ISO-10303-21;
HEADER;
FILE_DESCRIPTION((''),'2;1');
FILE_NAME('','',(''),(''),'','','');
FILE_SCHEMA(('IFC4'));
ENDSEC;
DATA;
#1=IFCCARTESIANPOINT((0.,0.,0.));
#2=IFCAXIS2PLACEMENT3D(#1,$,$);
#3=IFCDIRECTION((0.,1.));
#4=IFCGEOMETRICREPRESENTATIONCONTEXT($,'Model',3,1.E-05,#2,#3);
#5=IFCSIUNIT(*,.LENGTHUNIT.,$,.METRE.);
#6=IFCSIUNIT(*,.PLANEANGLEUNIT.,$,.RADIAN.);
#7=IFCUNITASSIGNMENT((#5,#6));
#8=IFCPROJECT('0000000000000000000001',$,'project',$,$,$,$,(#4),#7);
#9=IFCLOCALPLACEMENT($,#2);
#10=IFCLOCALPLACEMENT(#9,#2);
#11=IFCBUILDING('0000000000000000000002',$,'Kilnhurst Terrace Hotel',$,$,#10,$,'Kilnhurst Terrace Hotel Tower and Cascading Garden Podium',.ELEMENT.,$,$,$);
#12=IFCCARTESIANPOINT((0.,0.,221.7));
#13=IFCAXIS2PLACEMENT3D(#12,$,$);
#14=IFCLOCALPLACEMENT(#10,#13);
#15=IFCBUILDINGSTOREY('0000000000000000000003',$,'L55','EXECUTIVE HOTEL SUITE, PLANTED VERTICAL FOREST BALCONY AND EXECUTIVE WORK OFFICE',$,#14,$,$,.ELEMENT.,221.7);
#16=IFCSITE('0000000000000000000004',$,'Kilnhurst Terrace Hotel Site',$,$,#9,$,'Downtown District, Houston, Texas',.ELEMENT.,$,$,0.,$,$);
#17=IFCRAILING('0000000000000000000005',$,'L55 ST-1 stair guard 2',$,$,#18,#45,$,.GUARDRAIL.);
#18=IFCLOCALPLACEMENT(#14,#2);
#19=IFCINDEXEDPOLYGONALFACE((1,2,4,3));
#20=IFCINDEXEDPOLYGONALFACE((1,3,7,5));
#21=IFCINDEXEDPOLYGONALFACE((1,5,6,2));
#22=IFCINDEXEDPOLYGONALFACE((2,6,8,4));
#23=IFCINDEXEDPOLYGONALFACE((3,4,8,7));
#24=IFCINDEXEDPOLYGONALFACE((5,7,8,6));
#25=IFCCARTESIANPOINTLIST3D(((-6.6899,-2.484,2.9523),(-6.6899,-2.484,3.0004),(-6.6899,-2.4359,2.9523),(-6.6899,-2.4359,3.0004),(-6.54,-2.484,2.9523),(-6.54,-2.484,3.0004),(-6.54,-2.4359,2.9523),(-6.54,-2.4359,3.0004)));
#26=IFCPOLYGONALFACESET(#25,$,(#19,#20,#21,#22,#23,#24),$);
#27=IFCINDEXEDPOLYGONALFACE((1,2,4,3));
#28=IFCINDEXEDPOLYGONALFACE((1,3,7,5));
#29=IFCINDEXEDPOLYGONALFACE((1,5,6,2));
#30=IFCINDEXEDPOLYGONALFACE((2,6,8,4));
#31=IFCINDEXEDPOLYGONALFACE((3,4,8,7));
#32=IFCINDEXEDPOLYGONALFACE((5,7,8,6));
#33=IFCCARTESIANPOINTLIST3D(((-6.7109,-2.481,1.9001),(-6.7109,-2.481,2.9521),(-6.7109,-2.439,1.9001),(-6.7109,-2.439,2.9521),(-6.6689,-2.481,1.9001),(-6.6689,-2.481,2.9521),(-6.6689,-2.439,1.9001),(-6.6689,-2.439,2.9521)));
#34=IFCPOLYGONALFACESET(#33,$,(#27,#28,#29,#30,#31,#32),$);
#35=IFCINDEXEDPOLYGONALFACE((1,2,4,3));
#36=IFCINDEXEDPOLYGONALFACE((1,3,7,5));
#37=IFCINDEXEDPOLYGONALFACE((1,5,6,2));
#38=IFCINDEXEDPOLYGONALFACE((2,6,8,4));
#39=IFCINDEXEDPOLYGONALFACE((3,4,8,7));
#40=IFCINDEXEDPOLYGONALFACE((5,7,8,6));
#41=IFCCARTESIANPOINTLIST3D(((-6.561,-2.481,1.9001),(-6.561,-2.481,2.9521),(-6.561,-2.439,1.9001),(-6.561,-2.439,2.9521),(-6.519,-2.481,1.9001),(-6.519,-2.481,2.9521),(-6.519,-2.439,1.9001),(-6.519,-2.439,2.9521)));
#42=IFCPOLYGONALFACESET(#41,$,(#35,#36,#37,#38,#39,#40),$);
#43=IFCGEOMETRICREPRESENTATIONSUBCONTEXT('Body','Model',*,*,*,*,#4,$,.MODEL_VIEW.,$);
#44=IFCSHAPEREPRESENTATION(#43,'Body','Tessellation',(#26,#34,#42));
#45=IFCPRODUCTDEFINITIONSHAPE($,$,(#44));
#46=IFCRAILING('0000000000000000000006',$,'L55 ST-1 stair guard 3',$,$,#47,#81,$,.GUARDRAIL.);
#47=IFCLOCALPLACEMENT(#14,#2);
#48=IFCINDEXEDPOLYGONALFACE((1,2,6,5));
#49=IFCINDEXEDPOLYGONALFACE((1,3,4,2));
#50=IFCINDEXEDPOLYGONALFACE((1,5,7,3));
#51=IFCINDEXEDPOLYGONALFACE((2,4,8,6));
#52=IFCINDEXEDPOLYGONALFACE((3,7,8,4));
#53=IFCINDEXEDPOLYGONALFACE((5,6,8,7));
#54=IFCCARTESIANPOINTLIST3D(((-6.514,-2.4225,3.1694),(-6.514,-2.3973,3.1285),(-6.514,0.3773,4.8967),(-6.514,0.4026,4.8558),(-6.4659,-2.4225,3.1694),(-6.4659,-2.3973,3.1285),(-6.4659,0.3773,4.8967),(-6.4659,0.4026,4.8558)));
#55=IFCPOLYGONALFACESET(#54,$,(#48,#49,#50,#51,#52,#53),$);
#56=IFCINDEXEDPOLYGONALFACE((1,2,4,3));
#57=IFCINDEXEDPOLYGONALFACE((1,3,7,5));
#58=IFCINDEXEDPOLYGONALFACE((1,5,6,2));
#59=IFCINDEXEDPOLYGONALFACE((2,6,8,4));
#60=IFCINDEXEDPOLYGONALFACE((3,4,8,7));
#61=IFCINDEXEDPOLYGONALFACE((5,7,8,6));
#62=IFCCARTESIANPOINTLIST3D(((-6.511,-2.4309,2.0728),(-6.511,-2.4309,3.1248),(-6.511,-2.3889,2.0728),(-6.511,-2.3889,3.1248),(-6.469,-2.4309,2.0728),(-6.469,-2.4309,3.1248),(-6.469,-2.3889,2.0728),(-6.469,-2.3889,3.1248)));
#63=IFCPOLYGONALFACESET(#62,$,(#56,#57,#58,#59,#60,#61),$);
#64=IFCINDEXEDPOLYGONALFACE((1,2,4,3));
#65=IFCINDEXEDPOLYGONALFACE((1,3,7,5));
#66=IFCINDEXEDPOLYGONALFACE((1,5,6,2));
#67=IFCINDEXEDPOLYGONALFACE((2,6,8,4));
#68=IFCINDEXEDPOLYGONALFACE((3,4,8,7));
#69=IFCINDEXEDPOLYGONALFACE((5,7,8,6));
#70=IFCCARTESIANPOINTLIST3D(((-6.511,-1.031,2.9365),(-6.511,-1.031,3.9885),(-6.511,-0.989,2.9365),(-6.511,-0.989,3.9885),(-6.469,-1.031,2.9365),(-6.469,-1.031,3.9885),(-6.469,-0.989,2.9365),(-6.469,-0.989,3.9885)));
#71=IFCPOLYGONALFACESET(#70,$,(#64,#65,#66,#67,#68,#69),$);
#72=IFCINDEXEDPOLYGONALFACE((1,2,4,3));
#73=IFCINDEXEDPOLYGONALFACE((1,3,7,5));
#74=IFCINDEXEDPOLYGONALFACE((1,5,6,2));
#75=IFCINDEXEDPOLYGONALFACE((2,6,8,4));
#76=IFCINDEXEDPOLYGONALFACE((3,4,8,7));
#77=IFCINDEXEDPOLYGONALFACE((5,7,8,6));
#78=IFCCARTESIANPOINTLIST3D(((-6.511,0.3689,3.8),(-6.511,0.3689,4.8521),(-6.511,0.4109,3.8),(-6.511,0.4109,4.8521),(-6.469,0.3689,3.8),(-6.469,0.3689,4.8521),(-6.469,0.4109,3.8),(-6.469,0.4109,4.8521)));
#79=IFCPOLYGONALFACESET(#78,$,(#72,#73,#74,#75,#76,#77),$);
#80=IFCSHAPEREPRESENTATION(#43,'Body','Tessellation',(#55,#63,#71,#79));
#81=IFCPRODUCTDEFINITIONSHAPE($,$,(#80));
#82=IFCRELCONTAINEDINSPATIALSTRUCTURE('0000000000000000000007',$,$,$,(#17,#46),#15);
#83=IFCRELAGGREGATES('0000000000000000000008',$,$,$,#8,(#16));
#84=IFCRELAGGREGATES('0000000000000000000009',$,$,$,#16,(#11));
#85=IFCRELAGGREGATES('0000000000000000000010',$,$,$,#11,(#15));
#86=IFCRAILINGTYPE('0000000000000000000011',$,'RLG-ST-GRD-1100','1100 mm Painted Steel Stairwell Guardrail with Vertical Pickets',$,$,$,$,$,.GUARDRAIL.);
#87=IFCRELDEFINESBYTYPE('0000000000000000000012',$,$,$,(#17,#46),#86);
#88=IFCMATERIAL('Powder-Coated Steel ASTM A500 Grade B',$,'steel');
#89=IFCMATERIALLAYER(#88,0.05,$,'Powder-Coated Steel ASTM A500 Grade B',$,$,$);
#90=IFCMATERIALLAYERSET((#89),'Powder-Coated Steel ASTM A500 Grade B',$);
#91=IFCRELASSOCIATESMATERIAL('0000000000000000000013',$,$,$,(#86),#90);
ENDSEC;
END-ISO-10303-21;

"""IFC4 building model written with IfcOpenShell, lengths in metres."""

from ifc_helpers import new_model, si_unit, direction, frame, origin, origin_2d, place, context, subcontext, project, spatial, rectangle, extrude, material, layer, layer_set, type_object, element, save


model = new_model("IFC4")

# Units and contexts
model_context = context("Model", 3, precision=1e-05, world=origin(), true_north=direction((0.0, 1.0)))
body_context = subcontext(model_context, "Body", "Model", "MODEL_VIEW")
ifc_project = project(units=[si_unit("LENGTHUNIT", "METRE"), si_unit("PLANEANGLEUNIT", "RADIAN")], contexts=[model_context])

# Site, building, storey
site_placement = place(None, origin())
site = spatial("IfcSite", under=ifc_project, at=site_placement, Name="Kilnhurst Terrace Hotel Site", LongName="Downtown District, Houston, Texas", CompositionType="ELEMENT", RefElevation=0.0)
building_placement = place(site_placement, origin())
building = spatial("IfcBuilding", under=site, at=building_placement, Name="Kilnhurst Terrace Hotel", LongName="Kilnhurst Terrace Hotel Tower and Cascading Garden Podium", CompositionType="ELEMENT")
storey_placement = place(building_placement, frame((0.0, 0.0, 221.7)))
storey = spatial("IfcBuildingStorey", under=building, at=storey_placement, Name="L55", Description="EXECUTIVE HOTEL SUITE, PLANTED VERTICAL FOREST BALCONY AND EXECUTIVE WORK OFFICE", CompositionType="ELEMENT", Elevation=221.7)

# Railings
ifc_material_1 = material(Name="Powder-Coated Steel ASTM A500 Grade B", Category="steel")
ifc_layer_1 = layer(ifc_material_1, 0.05, Name="Powder-Coated Steel ASTM A500 Grade B")
ifc_layer_set_1 = layer_set([ifc_layer_1], Name="Powder-Coated Steel ASTM A500 Grade B")
railing_type = type_object("IfcRailingType", Name="RLG-ST-GRD-1100", Description="1100 mm Painted Steel Stairwell Guardrail with Vertical Pickets", PredefinedType="GUARDRAIL", material=ifc_layer_set_1)
railing_1_placement = place(storey_placement, frame((-6.6899, -2.46, 1.9001)))
element("IfcRailing", 1, at=railing_1_placement, inside=storey, type_object=railing_type, Name="L55 ST-1 stair guard 2", PredefinedType="GUARDRAIL", context=body_context, shape_type="SweptSolid", body=[
    extrude(rectangle(XDim=0.0481, YDim=0.0481, at=origin_2d()), frame((0.0, 0.0, 1.0762), z_axis=(1.0, 0.0, 0.0), x_axis=(0.0, 1.0, 0.0)), (0.0, 0.0, 1.0), 0.1499),
    extrude(rectangle(XDim=0.042, YDim=0.042, at=origin_2d()), origin(), (0.0, 0.0, 1.0), 1.052),
    extrude(rectangle(XDim=0.042, YDim=0.042, at=origin_2d()), frame((0.1499, 0.0, 0.0)), (0.0, 0.0, 1.0), 1.052),
])
railing_2_placement = place(storey_placement, frame((-6.49, -2.4099, 2.0728)))
element("IfcRailing", 2, at=railing_2_placement, inside=storey, type_object=railing_type, Name="L55 ST-1 stair guard 3", PredefinedType="GUARDRAIL", context=body_context, shape_type="SweptSolid", body=[
    extrude(rectangle(XDim=0.0481, YDim=0.0481, at=origin_2d()), frame((0.0, 0.0, 1.0762), z_axis=(0.0, 0.851069, 0.525054), x_axis=(-1.0, 0.0, 0.0)), (0.0, 0.0, 1.0), 3.2898),
    extrude(rectangle(XDim=0.042, YDim=0.042, at=origin_2d()), origin(), (0.0, 0.0, 1.0), 1.052),
    extrude(rectangle(XDim=0.042, YDim=0.042, at=origin_2d()), frame((0.0, 1.3999, 0.8638)), (0.0, 0.0, 1.0), 1.052),
    extrude(rectangle(XDim=0.042, YDim=0.042, at=origin_2d()), frame((0.0, 2.7998, 1.7273)), (0.0, 0.0, 1.0), 1.052),
])

save(model, "model.ifc")
